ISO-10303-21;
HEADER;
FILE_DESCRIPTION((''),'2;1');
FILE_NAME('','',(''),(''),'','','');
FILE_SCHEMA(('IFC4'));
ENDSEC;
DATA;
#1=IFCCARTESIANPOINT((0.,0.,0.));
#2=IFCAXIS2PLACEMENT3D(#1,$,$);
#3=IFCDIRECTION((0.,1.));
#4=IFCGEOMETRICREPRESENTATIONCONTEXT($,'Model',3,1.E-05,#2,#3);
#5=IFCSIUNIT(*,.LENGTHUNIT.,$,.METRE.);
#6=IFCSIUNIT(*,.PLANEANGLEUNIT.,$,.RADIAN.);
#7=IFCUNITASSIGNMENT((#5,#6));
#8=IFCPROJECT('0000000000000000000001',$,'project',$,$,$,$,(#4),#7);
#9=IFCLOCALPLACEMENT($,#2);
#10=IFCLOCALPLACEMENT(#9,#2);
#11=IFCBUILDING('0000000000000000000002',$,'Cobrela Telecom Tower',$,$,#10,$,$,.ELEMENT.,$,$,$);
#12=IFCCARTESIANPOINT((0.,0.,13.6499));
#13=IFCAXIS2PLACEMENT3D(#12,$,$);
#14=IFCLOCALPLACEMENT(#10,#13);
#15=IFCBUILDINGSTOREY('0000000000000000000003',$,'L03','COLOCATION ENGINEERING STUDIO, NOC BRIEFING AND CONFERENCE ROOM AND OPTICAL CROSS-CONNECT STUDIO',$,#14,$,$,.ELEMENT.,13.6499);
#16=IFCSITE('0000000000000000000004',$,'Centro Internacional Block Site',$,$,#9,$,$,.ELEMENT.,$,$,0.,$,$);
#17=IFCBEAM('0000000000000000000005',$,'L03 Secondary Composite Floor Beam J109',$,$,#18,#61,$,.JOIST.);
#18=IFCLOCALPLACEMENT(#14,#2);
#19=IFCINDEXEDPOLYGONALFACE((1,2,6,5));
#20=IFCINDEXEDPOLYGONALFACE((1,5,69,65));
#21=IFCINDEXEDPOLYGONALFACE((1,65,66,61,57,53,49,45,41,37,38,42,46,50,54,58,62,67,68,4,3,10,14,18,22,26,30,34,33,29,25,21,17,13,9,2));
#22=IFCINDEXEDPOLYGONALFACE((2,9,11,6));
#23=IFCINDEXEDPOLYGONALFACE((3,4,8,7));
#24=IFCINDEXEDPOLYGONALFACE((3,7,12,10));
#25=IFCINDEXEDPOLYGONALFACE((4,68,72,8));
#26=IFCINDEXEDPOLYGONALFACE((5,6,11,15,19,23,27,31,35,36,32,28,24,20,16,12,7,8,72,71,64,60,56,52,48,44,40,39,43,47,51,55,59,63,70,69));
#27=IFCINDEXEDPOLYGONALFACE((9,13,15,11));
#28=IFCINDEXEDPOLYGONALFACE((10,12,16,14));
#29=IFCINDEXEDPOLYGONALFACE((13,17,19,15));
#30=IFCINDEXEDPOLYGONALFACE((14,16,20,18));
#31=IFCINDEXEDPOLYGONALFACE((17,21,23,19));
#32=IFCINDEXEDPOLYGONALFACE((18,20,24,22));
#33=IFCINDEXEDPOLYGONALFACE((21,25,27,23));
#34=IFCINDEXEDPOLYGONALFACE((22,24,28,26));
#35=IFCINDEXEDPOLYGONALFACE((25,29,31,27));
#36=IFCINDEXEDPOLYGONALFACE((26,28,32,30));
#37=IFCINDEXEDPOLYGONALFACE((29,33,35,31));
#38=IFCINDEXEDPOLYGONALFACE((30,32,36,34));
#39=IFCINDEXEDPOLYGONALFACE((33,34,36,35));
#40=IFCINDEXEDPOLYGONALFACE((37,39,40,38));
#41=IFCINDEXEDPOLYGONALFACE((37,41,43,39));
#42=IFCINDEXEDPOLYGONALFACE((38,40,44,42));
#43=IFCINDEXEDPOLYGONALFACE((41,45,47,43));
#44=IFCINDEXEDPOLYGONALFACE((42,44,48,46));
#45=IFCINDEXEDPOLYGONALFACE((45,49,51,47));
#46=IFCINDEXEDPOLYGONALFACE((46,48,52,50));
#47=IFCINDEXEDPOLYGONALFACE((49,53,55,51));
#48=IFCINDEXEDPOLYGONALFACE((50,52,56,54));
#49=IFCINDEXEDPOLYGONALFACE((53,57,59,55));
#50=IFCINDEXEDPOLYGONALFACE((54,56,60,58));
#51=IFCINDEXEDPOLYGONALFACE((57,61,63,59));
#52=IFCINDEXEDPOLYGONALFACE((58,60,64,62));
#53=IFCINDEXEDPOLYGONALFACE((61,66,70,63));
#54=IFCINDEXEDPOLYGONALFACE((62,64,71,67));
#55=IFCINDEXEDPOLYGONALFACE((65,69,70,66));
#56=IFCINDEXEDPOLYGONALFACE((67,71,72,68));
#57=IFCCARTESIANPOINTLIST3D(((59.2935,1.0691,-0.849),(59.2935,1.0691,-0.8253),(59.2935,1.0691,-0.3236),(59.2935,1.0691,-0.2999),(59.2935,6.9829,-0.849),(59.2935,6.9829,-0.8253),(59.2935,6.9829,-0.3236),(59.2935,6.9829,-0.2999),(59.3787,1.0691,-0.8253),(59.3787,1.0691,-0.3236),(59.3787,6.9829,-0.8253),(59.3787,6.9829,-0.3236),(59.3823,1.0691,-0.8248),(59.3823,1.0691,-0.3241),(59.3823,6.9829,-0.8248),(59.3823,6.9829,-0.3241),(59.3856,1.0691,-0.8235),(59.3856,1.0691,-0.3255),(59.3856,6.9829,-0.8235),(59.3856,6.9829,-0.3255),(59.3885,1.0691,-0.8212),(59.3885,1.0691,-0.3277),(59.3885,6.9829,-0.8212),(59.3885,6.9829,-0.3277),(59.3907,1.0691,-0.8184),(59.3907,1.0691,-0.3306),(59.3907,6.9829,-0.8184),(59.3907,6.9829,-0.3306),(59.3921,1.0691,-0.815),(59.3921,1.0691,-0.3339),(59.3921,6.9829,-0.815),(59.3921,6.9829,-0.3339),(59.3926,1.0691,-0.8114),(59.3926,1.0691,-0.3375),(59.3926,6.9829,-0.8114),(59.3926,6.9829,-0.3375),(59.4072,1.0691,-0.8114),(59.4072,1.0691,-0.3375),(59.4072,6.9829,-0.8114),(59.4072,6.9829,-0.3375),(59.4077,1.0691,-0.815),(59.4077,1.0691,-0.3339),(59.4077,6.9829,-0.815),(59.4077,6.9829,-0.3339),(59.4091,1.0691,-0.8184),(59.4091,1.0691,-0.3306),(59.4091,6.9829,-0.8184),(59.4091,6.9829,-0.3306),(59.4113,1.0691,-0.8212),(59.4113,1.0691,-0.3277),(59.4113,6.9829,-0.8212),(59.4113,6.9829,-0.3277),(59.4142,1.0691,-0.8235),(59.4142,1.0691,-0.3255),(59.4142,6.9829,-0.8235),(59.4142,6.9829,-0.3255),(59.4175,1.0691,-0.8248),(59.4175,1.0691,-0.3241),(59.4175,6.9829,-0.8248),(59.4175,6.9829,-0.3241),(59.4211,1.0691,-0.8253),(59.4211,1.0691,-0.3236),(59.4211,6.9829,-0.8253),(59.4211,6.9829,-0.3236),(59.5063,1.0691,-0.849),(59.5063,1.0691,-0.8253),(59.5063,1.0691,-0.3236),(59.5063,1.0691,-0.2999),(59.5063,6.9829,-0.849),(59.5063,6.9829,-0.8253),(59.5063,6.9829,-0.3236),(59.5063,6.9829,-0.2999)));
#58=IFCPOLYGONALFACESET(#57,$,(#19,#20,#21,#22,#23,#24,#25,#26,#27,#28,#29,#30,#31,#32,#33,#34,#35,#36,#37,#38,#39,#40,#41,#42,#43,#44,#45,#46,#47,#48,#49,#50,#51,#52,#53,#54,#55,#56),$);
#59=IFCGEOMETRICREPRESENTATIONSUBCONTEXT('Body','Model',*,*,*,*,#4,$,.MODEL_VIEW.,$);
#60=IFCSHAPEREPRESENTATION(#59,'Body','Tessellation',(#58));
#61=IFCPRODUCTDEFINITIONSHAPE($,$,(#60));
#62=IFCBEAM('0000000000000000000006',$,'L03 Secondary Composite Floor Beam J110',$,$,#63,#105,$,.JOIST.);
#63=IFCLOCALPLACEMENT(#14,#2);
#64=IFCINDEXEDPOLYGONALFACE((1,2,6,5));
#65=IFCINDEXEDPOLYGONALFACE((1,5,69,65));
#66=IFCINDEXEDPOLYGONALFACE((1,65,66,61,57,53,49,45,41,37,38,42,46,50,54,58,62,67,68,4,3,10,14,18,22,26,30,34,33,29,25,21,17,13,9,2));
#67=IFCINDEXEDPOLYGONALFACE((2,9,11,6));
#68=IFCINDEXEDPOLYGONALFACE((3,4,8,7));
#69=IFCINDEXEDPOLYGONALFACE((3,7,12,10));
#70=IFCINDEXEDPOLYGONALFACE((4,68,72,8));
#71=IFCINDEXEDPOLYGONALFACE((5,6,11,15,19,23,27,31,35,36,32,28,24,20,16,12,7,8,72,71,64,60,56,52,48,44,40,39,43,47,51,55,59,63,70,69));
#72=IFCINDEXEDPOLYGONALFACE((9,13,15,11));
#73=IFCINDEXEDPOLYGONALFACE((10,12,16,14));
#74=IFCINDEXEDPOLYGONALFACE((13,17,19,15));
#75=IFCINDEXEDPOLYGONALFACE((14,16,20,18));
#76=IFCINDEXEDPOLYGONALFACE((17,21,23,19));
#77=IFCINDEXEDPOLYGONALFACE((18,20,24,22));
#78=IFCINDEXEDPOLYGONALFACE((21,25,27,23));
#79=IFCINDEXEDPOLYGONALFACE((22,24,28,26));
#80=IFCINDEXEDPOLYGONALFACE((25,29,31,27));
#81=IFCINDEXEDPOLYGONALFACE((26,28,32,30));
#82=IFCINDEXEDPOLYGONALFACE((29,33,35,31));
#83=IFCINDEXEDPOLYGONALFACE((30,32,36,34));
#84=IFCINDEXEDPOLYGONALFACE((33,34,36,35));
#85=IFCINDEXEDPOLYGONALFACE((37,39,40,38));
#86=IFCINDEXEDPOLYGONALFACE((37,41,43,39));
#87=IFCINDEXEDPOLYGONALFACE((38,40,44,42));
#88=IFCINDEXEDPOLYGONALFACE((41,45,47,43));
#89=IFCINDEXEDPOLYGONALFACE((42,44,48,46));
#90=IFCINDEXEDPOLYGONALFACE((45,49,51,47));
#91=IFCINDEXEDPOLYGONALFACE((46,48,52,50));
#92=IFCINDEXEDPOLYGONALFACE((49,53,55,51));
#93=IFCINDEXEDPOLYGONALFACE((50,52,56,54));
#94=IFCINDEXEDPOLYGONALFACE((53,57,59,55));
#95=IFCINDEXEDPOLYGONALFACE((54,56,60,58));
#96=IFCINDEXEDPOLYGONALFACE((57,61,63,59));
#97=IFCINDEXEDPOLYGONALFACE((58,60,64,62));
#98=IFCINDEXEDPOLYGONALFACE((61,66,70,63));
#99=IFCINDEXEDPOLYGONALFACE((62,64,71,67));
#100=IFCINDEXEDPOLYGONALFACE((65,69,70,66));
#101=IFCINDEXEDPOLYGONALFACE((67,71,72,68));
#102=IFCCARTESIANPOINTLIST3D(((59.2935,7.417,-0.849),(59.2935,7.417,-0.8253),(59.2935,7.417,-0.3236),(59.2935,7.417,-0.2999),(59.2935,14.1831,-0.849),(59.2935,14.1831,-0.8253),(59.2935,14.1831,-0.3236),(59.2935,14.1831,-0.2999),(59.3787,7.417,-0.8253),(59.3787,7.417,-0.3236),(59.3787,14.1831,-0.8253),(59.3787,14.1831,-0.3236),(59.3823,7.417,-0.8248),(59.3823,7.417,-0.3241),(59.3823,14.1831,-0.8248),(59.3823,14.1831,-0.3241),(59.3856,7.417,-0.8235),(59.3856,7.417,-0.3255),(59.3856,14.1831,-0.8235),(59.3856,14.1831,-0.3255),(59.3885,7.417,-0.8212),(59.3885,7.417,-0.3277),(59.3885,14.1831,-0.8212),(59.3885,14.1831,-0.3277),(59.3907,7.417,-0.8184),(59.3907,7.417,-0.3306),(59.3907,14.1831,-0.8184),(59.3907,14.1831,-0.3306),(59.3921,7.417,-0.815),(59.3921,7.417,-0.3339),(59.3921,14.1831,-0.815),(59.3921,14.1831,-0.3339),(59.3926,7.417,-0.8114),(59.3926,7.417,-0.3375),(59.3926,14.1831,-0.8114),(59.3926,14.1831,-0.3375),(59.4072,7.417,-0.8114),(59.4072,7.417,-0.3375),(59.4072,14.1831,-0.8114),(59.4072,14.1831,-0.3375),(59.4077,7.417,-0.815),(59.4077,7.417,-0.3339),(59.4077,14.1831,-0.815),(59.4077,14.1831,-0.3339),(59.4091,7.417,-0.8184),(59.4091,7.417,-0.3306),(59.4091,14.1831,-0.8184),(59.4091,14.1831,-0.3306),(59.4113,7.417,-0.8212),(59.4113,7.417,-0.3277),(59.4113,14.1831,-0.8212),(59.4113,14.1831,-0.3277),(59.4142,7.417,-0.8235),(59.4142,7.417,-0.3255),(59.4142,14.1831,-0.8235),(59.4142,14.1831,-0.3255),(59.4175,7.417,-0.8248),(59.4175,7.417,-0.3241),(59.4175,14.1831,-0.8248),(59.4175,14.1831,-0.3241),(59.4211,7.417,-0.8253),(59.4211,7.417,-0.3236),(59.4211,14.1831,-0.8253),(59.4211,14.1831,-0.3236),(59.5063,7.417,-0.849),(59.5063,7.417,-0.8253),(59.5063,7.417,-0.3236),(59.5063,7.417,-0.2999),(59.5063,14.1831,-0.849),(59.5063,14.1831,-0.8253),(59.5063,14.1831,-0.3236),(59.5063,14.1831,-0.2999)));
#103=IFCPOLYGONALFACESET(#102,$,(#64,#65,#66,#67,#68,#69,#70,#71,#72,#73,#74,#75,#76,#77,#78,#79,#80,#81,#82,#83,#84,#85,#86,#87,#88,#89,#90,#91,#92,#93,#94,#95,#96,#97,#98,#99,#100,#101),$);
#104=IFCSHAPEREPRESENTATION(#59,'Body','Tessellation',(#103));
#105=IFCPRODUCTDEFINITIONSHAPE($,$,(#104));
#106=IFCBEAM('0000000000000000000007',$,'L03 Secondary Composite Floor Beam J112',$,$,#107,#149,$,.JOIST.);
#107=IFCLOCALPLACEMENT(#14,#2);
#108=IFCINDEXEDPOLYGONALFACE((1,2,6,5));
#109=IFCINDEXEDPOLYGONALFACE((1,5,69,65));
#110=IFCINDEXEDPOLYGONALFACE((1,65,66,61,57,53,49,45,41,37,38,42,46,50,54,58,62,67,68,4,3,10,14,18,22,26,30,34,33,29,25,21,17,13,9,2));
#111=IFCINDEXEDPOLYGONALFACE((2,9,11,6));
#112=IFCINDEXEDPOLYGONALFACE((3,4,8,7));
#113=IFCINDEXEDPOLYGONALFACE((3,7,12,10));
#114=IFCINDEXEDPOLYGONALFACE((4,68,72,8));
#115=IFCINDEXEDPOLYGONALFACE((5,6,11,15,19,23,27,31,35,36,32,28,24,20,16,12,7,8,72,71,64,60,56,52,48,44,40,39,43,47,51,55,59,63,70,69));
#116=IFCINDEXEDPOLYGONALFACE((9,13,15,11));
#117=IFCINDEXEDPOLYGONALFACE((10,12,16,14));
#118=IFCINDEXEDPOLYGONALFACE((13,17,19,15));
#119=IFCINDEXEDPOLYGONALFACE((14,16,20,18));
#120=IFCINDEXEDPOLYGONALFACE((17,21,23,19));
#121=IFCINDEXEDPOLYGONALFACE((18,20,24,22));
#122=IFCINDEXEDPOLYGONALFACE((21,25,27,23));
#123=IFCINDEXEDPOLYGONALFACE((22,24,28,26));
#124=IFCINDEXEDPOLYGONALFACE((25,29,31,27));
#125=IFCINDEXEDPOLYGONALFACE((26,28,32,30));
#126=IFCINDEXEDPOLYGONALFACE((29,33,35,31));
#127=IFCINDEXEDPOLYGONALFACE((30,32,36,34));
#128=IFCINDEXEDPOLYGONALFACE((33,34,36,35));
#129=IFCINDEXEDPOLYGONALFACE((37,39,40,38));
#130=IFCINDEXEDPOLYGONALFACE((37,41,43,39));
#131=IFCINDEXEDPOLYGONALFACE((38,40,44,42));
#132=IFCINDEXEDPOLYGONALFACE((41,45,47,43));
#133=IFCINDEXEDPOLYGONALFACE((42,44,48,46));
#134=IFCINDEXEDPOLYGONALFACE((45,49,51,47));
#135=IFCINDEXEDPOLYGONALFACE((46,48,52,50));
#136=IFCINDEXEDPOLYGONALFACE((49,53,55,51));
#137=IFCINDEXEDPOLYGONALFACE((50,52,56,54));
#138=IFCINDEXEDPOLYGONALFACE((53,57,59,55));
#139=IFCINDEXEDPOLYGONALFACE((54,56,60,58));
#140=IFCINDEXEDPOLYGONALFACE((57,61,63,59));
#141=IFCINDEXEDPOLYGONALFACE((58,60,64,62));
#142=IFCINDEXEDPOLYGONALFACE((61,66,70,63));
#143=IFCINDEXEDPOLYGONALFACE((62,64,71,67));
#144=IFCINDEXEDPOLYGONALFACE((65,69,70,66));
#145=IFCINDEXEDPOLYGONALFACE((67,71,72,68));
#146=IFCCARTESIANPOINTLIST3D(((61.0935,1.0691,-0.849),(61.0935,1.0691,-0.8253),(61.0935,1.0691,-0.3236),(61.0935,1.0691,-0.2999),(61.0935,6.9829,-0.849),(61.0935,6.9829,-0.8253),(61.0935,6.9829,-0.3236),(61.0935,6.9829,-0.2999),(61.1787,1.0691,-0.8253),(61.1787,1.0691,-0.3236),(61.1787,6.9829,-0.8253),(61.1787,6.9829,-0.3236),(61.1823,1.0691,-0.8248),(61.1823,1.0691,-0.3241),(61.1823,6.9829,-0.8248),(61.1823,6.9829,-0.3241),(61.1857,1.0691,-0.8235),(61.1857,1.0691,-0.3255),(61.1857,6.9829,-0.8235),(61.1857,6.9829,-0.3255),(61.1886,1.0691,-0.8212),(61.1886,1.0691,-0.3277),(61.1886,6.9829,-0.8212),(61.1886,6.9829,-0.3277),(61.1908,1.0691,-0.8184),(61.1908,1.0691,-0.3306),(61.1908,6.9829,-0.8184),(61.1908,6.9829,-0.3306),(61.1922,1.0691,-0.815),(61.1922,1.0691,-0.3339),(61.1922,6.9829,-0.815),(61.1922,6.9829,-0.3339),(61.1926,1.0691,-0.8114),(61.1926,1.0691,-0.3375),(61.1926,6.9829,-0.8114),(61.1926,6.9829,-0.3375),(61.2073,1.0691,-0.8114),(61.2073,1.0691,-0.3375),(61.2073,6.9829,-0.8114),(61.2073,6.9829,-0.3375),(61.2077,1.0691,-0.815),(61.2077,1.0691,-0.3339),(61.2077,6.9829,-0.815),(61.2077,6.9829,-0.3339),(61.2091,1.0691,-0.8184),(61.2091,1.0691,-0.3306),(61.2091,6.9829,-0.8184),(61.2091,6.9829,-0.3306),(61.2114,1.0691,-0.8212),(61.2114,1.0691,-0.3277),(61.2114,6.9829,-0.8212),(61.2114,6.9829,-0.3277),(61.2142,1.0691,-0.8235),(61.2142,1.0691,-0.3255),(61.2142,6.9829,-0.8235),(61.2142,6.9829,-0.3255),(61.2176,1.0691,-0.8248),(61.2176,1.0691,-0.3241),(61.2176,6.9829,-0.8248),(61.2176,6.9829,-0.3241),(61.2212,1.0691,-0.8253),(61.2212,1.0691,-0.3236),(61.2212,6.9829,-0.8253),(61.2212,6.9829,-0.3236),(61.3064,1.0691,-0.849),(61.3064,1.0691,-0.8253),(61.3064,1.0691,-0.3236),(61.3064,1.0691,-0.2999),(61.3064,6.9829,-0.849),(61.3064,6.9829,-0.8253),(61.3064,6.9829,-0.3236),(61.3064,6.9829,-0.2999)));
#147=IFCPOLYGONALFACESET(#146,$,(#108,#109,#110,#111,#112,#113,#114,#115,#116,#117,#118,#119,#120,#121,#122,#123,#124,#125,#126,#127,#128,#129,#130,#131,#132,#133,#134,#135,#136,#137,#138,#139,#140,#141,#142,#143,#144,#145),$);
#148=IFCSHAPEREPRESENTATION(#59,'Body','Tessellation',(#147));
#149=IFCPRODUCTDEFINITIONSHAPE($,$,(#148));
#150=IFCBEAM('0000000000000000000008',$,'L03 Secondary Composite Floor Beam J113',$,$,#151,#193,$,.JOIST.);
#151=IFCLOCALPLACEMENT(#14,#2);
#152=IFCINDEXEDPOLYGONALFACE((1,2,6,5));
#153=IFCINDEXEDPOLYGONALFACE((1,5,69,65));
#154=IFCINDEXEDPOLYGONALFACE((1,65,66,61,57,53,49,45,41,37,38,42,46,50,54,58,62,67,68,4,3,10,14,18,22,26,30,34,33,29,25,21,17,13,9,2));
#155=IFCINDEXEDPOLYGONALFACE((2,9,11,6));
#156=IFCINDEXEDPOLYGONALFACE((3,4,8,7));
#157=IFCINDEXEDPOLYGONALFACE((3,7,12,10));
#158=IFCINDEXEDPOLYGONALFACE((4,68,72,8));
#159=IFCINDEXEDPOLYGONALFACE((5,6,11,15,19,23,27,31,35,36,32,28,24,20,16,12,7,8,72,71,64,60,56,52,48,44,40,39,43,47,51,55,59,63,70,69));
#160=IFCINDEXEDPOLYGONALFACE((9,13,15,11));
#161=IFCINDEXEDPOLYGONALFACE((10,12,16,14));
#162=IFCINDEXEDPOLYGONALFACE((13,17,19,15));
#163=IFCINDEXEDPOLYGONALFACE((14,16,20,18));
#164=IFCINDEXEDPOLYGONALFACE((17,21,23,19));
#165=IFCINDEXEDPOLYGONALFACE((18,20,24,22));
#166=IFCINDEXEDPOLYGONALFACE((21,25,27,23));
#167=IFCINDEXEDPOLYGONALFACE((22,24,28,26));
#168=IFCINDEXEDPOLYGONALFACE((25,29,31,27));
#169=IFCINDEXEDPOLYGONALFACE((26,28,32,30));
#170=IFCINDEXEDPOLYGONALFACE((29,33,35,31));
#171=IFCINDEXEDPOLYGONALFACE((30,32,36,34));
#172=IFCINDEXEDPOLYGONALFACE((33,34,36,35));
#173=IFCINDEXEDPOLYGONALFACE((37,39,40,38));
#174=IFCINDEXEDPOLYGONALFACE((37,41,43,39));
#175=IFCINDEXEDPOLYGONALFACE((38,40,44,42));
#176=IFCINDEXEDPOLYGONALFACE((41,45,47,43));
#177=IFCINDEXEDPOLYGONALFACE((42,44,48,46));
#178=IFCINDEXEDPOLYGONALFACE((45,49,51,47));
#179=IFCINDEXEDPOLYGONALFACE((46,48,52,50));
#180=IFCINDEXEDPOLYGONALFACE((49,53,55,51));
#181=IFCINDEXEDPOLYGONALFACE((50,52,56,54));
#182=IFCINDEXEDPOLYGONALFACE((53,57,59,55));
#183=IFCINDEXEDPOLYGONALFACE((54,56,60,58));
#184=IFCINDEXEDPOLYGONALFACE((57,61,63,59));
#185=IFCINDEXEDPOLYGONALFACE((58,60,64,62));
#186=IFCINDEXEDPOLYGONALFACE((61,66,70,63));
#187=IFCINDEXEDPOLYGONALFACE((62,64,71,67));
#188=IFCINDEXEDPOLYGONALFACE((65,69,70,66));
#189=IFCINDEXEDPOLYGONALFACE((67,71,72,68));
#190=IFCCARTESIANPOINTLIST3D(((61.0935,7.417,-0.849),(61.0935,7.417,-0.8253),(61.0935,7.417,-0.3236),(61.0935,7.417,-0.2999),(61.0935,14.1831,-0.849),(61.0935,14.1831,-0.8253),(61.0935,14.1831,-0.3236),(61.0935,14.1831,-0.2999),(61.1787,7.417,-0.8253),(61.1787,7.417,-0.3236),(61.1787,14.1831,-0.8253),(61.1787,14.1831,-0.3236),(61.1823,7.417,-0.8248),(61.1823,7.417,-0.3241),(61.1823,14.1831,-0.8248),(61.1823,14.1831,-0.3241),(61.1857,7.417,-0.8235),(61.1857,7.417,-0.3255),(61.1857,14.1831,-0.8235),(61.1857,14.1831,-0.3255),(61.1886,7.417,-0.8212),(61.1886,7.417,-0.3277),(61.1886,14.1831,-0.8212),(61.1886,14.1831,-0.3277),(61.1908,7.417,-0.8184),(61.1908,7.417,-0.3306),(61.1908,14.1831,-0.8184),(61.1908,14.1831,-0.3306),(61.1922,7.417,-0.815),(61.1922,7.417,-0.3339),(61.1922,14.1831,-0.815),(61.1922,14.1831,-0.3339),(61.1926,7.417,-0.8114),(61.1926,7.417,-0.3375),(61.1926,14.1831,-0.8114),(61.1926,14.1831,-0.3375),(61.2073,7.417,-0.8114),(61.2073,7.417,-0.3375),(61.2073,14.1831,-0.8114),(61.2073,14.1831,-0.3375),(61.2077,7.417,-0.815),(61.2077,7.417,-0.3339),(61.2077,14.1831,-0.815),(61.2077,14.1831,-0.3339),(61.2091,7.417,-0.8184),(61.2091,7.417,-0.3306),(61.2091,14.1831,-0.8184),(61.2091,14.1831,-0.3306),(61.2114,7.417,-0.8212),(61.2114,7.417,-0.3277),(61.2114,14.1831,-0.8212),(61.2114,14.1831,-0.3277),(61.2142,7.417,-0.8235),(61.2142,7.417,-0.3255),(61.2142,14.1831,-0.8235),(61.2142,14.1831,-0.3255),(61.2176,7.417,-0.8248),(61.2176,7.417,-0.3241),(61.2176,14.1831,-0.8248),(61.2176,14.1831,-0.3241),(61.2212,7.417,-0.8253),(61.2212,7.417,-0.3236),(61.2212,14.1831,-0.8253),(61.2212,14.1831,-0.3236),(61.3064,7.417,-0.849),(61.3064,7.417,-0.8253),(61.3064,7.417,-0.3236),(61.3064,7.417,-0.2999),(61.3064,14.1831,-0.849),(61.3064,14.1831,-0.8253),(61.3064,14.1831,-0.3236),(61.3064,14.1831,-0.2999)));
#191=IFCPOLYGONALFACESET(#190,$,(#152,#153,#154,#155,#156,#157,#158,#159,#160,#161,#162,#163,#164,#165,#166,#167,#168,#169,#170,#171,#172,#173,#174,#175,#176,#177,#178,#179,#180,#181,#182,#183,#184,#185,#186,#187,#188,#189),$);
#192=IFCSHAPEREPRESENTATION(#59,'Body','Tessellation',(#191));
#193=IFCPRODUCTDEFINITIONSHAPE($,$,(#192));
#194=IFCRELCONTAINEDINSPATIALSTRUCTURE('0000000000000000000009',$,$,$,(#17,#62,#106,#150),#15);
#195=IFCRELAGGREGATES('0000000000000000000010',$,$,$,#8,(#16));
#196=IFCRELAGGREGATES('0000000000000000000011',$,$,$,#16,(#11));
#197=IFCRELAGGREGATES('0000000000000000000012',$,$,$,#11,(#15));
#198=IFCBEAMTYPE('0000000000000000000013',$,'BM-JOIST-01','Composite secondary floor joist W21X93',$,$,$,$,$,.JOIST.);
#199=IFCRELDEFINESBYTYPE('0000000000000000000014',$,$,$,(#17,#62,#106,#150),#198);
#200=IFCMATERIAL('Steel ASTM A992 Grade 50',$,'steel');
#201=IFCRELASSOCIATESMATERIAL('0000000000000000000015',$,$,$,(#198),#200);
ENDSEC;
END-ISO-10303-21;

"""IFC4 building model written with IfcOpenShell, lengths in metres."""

from ifc_helpers import new_model, si_unit, direction, frame, origin, origin_2d, place, context, subcontext, project, spatial, i_section, extrude, material, material_profile, profile_set, type_object, element, save


model = new_model("IFC4")

# Units and contexts
model_context = context("Model", 3, precision=1e-05, world=origin(), true_north=direction((0.0, 1.0)))
body_context = subcontext(model_context, "Body", "Model", "MODEL_VIEW")
ifc_project = project(units=[si_unit("LENGTHUNIT", "METRE"), si_unit("PLANEANGLEUNIT", "RADIAN")], contexts=[model_context])

# Site, building, storey
site_placement = place(None, origin())
site = spatial("IfcSite", under=ifc_project, at=site_placement, Name="Centro Internacional Block Site", CompositionType="ELEMENT", RefElevation=0.0)
building_placement = place(site_placement, origin())
building = spatial("IfcBuilding", under=site, at=building_placement, Name="Cobrela Telecom Tower", CompositionType="ELEMENT")
storey_placement = place(building_placement, frame((0.0, 0.0, 13.6499)))
storey = spatial("IfcBuildingStorey", under=building, at=storey_placement, Name="L03", Description="COLOCATION ENGINEERING STUDIO, NOC BRIEFING AND CONFERENCE ROOM AND OPTICAL CROSS-CONNECT STUDIO", CompositionType="ELEMENT", Elevation=13.6499)

# Beams
ifc_material_1 = material(Name="Steel ASTM A992 Grade 50", Category="steel")
ifc_material_profile_1 = material_profile(ifc_material_1, i_section(OverallWidth=0.2129, OverallDepth=0.5491, WebThickness=0.0146, FlangeThickness=0.0237, FilletRadius=0.0139, at=origin_2d()), Name="W21X93")
ifc_profile_set_1 = profile_set([ifc_material_profile_1], Name="Steel ASTM A992 Grade 50")
beam_type_1 = type_object("IfcBeamType", Name="BM-JOIST-01", Description="Composite secondary floor joist W21X93", PredefinedType="JOIST", material=ifc_profile_set_1)
beam_1_placement = place(storey_placement, frame((59.3999, 1.0691, -0.5745), z_axis=(0.0, 1.0, 0.0), x_axis=(-1.0, 0.0, 0.0)))
element("IfcBeam", 1, at=beam_1_placement, inside=storey, type_object=beam_type_1, Name="L03 Secondary Composite Floor Beam J109", PredefinedType="JOIST", context=body_context, shape_type="SweptSolid", body=[
    extrude(i_section(OverallWidth=0.2129, OverallDepth=0.5491, WebThickness=0.0146, FlangeThickness=0.0237, FilletRadius=0.0139, at=origin_2d()), origin(), (0.0, 0.0, 1.0), 5.9138),
])
beam_2_placement = place(storey_placement, frame((59.3999, 7.417, -0.5745), z_axis=(0.0, 1.0, 0.0), x_axis=(-1.0, 0.0, 0.0)))
element("IfcBeam", 2, at=beam_2_placement, inside=storey, type_object=beam_type_1, Name="L03 Secondary Composite Floor Beam J110", PredefinedType="JOIST", context=body_context, shape_type="SweptSolid", body=[
    extrude(i_section(OverallWidth=0.2129, OverallDepth=0.5491, WebThickness=0.0146, FlangeThickness=0.0237, FilletRadius=0.0139, at=origin_2d()), origin(), (0.0, 0.0, 1.0), 6.7661),
])
beam_3_placement = place(storey_placement, frame((61.2, 1.0691, -0.5745), z_axis=(0.0, 1.0, 0.0), x_axis=(-1.0, 0.0, 0.0)))
element("IfcBeam", 3, at=beam_3_placement, inside=storey, type_object=beam_type_1, Name="L03 Secondary Composite Floor Beam J112", PredefinedType="JOIST", context=body_context, shape_type="SweptSolid", body=[
    extrude(i_section(OverallWidth=0.2129, OverallDepth=0.5491, WebThickness=0.0146, FlangeThickness=0.0237, FilletRadius=0.0139, at=origin_2d()), origin(), (0.0, 0.0, 1.0), 5.9138),
])
beam_4_placement = place(storey_placement, frame((61.2, 7.417, -0.5745), z_axis=(0.0, 1.0, 0.0), x_axis=(-1.0, 0.0, 0.0)))
element("IfcBeam", 4, at=beam_4_placement, inside=storey, type_object=beam_type_1, Name="L03 Secondary Composite Floor Beam J113", PredefinedType="JOIST", context=body_context, shape_type="SweptSolid", body=[
    extrude(i_section(OverallWidth=0.2129, OverallDepth=0.5491, WebThickness=0.0146, FlangeThickness=0.0237, FilletRadius=0.0139, at=origin_2d()), origin(), (0.0, 0.0, 1.0), 6.7661),
])

save(model, "model.ifc")
